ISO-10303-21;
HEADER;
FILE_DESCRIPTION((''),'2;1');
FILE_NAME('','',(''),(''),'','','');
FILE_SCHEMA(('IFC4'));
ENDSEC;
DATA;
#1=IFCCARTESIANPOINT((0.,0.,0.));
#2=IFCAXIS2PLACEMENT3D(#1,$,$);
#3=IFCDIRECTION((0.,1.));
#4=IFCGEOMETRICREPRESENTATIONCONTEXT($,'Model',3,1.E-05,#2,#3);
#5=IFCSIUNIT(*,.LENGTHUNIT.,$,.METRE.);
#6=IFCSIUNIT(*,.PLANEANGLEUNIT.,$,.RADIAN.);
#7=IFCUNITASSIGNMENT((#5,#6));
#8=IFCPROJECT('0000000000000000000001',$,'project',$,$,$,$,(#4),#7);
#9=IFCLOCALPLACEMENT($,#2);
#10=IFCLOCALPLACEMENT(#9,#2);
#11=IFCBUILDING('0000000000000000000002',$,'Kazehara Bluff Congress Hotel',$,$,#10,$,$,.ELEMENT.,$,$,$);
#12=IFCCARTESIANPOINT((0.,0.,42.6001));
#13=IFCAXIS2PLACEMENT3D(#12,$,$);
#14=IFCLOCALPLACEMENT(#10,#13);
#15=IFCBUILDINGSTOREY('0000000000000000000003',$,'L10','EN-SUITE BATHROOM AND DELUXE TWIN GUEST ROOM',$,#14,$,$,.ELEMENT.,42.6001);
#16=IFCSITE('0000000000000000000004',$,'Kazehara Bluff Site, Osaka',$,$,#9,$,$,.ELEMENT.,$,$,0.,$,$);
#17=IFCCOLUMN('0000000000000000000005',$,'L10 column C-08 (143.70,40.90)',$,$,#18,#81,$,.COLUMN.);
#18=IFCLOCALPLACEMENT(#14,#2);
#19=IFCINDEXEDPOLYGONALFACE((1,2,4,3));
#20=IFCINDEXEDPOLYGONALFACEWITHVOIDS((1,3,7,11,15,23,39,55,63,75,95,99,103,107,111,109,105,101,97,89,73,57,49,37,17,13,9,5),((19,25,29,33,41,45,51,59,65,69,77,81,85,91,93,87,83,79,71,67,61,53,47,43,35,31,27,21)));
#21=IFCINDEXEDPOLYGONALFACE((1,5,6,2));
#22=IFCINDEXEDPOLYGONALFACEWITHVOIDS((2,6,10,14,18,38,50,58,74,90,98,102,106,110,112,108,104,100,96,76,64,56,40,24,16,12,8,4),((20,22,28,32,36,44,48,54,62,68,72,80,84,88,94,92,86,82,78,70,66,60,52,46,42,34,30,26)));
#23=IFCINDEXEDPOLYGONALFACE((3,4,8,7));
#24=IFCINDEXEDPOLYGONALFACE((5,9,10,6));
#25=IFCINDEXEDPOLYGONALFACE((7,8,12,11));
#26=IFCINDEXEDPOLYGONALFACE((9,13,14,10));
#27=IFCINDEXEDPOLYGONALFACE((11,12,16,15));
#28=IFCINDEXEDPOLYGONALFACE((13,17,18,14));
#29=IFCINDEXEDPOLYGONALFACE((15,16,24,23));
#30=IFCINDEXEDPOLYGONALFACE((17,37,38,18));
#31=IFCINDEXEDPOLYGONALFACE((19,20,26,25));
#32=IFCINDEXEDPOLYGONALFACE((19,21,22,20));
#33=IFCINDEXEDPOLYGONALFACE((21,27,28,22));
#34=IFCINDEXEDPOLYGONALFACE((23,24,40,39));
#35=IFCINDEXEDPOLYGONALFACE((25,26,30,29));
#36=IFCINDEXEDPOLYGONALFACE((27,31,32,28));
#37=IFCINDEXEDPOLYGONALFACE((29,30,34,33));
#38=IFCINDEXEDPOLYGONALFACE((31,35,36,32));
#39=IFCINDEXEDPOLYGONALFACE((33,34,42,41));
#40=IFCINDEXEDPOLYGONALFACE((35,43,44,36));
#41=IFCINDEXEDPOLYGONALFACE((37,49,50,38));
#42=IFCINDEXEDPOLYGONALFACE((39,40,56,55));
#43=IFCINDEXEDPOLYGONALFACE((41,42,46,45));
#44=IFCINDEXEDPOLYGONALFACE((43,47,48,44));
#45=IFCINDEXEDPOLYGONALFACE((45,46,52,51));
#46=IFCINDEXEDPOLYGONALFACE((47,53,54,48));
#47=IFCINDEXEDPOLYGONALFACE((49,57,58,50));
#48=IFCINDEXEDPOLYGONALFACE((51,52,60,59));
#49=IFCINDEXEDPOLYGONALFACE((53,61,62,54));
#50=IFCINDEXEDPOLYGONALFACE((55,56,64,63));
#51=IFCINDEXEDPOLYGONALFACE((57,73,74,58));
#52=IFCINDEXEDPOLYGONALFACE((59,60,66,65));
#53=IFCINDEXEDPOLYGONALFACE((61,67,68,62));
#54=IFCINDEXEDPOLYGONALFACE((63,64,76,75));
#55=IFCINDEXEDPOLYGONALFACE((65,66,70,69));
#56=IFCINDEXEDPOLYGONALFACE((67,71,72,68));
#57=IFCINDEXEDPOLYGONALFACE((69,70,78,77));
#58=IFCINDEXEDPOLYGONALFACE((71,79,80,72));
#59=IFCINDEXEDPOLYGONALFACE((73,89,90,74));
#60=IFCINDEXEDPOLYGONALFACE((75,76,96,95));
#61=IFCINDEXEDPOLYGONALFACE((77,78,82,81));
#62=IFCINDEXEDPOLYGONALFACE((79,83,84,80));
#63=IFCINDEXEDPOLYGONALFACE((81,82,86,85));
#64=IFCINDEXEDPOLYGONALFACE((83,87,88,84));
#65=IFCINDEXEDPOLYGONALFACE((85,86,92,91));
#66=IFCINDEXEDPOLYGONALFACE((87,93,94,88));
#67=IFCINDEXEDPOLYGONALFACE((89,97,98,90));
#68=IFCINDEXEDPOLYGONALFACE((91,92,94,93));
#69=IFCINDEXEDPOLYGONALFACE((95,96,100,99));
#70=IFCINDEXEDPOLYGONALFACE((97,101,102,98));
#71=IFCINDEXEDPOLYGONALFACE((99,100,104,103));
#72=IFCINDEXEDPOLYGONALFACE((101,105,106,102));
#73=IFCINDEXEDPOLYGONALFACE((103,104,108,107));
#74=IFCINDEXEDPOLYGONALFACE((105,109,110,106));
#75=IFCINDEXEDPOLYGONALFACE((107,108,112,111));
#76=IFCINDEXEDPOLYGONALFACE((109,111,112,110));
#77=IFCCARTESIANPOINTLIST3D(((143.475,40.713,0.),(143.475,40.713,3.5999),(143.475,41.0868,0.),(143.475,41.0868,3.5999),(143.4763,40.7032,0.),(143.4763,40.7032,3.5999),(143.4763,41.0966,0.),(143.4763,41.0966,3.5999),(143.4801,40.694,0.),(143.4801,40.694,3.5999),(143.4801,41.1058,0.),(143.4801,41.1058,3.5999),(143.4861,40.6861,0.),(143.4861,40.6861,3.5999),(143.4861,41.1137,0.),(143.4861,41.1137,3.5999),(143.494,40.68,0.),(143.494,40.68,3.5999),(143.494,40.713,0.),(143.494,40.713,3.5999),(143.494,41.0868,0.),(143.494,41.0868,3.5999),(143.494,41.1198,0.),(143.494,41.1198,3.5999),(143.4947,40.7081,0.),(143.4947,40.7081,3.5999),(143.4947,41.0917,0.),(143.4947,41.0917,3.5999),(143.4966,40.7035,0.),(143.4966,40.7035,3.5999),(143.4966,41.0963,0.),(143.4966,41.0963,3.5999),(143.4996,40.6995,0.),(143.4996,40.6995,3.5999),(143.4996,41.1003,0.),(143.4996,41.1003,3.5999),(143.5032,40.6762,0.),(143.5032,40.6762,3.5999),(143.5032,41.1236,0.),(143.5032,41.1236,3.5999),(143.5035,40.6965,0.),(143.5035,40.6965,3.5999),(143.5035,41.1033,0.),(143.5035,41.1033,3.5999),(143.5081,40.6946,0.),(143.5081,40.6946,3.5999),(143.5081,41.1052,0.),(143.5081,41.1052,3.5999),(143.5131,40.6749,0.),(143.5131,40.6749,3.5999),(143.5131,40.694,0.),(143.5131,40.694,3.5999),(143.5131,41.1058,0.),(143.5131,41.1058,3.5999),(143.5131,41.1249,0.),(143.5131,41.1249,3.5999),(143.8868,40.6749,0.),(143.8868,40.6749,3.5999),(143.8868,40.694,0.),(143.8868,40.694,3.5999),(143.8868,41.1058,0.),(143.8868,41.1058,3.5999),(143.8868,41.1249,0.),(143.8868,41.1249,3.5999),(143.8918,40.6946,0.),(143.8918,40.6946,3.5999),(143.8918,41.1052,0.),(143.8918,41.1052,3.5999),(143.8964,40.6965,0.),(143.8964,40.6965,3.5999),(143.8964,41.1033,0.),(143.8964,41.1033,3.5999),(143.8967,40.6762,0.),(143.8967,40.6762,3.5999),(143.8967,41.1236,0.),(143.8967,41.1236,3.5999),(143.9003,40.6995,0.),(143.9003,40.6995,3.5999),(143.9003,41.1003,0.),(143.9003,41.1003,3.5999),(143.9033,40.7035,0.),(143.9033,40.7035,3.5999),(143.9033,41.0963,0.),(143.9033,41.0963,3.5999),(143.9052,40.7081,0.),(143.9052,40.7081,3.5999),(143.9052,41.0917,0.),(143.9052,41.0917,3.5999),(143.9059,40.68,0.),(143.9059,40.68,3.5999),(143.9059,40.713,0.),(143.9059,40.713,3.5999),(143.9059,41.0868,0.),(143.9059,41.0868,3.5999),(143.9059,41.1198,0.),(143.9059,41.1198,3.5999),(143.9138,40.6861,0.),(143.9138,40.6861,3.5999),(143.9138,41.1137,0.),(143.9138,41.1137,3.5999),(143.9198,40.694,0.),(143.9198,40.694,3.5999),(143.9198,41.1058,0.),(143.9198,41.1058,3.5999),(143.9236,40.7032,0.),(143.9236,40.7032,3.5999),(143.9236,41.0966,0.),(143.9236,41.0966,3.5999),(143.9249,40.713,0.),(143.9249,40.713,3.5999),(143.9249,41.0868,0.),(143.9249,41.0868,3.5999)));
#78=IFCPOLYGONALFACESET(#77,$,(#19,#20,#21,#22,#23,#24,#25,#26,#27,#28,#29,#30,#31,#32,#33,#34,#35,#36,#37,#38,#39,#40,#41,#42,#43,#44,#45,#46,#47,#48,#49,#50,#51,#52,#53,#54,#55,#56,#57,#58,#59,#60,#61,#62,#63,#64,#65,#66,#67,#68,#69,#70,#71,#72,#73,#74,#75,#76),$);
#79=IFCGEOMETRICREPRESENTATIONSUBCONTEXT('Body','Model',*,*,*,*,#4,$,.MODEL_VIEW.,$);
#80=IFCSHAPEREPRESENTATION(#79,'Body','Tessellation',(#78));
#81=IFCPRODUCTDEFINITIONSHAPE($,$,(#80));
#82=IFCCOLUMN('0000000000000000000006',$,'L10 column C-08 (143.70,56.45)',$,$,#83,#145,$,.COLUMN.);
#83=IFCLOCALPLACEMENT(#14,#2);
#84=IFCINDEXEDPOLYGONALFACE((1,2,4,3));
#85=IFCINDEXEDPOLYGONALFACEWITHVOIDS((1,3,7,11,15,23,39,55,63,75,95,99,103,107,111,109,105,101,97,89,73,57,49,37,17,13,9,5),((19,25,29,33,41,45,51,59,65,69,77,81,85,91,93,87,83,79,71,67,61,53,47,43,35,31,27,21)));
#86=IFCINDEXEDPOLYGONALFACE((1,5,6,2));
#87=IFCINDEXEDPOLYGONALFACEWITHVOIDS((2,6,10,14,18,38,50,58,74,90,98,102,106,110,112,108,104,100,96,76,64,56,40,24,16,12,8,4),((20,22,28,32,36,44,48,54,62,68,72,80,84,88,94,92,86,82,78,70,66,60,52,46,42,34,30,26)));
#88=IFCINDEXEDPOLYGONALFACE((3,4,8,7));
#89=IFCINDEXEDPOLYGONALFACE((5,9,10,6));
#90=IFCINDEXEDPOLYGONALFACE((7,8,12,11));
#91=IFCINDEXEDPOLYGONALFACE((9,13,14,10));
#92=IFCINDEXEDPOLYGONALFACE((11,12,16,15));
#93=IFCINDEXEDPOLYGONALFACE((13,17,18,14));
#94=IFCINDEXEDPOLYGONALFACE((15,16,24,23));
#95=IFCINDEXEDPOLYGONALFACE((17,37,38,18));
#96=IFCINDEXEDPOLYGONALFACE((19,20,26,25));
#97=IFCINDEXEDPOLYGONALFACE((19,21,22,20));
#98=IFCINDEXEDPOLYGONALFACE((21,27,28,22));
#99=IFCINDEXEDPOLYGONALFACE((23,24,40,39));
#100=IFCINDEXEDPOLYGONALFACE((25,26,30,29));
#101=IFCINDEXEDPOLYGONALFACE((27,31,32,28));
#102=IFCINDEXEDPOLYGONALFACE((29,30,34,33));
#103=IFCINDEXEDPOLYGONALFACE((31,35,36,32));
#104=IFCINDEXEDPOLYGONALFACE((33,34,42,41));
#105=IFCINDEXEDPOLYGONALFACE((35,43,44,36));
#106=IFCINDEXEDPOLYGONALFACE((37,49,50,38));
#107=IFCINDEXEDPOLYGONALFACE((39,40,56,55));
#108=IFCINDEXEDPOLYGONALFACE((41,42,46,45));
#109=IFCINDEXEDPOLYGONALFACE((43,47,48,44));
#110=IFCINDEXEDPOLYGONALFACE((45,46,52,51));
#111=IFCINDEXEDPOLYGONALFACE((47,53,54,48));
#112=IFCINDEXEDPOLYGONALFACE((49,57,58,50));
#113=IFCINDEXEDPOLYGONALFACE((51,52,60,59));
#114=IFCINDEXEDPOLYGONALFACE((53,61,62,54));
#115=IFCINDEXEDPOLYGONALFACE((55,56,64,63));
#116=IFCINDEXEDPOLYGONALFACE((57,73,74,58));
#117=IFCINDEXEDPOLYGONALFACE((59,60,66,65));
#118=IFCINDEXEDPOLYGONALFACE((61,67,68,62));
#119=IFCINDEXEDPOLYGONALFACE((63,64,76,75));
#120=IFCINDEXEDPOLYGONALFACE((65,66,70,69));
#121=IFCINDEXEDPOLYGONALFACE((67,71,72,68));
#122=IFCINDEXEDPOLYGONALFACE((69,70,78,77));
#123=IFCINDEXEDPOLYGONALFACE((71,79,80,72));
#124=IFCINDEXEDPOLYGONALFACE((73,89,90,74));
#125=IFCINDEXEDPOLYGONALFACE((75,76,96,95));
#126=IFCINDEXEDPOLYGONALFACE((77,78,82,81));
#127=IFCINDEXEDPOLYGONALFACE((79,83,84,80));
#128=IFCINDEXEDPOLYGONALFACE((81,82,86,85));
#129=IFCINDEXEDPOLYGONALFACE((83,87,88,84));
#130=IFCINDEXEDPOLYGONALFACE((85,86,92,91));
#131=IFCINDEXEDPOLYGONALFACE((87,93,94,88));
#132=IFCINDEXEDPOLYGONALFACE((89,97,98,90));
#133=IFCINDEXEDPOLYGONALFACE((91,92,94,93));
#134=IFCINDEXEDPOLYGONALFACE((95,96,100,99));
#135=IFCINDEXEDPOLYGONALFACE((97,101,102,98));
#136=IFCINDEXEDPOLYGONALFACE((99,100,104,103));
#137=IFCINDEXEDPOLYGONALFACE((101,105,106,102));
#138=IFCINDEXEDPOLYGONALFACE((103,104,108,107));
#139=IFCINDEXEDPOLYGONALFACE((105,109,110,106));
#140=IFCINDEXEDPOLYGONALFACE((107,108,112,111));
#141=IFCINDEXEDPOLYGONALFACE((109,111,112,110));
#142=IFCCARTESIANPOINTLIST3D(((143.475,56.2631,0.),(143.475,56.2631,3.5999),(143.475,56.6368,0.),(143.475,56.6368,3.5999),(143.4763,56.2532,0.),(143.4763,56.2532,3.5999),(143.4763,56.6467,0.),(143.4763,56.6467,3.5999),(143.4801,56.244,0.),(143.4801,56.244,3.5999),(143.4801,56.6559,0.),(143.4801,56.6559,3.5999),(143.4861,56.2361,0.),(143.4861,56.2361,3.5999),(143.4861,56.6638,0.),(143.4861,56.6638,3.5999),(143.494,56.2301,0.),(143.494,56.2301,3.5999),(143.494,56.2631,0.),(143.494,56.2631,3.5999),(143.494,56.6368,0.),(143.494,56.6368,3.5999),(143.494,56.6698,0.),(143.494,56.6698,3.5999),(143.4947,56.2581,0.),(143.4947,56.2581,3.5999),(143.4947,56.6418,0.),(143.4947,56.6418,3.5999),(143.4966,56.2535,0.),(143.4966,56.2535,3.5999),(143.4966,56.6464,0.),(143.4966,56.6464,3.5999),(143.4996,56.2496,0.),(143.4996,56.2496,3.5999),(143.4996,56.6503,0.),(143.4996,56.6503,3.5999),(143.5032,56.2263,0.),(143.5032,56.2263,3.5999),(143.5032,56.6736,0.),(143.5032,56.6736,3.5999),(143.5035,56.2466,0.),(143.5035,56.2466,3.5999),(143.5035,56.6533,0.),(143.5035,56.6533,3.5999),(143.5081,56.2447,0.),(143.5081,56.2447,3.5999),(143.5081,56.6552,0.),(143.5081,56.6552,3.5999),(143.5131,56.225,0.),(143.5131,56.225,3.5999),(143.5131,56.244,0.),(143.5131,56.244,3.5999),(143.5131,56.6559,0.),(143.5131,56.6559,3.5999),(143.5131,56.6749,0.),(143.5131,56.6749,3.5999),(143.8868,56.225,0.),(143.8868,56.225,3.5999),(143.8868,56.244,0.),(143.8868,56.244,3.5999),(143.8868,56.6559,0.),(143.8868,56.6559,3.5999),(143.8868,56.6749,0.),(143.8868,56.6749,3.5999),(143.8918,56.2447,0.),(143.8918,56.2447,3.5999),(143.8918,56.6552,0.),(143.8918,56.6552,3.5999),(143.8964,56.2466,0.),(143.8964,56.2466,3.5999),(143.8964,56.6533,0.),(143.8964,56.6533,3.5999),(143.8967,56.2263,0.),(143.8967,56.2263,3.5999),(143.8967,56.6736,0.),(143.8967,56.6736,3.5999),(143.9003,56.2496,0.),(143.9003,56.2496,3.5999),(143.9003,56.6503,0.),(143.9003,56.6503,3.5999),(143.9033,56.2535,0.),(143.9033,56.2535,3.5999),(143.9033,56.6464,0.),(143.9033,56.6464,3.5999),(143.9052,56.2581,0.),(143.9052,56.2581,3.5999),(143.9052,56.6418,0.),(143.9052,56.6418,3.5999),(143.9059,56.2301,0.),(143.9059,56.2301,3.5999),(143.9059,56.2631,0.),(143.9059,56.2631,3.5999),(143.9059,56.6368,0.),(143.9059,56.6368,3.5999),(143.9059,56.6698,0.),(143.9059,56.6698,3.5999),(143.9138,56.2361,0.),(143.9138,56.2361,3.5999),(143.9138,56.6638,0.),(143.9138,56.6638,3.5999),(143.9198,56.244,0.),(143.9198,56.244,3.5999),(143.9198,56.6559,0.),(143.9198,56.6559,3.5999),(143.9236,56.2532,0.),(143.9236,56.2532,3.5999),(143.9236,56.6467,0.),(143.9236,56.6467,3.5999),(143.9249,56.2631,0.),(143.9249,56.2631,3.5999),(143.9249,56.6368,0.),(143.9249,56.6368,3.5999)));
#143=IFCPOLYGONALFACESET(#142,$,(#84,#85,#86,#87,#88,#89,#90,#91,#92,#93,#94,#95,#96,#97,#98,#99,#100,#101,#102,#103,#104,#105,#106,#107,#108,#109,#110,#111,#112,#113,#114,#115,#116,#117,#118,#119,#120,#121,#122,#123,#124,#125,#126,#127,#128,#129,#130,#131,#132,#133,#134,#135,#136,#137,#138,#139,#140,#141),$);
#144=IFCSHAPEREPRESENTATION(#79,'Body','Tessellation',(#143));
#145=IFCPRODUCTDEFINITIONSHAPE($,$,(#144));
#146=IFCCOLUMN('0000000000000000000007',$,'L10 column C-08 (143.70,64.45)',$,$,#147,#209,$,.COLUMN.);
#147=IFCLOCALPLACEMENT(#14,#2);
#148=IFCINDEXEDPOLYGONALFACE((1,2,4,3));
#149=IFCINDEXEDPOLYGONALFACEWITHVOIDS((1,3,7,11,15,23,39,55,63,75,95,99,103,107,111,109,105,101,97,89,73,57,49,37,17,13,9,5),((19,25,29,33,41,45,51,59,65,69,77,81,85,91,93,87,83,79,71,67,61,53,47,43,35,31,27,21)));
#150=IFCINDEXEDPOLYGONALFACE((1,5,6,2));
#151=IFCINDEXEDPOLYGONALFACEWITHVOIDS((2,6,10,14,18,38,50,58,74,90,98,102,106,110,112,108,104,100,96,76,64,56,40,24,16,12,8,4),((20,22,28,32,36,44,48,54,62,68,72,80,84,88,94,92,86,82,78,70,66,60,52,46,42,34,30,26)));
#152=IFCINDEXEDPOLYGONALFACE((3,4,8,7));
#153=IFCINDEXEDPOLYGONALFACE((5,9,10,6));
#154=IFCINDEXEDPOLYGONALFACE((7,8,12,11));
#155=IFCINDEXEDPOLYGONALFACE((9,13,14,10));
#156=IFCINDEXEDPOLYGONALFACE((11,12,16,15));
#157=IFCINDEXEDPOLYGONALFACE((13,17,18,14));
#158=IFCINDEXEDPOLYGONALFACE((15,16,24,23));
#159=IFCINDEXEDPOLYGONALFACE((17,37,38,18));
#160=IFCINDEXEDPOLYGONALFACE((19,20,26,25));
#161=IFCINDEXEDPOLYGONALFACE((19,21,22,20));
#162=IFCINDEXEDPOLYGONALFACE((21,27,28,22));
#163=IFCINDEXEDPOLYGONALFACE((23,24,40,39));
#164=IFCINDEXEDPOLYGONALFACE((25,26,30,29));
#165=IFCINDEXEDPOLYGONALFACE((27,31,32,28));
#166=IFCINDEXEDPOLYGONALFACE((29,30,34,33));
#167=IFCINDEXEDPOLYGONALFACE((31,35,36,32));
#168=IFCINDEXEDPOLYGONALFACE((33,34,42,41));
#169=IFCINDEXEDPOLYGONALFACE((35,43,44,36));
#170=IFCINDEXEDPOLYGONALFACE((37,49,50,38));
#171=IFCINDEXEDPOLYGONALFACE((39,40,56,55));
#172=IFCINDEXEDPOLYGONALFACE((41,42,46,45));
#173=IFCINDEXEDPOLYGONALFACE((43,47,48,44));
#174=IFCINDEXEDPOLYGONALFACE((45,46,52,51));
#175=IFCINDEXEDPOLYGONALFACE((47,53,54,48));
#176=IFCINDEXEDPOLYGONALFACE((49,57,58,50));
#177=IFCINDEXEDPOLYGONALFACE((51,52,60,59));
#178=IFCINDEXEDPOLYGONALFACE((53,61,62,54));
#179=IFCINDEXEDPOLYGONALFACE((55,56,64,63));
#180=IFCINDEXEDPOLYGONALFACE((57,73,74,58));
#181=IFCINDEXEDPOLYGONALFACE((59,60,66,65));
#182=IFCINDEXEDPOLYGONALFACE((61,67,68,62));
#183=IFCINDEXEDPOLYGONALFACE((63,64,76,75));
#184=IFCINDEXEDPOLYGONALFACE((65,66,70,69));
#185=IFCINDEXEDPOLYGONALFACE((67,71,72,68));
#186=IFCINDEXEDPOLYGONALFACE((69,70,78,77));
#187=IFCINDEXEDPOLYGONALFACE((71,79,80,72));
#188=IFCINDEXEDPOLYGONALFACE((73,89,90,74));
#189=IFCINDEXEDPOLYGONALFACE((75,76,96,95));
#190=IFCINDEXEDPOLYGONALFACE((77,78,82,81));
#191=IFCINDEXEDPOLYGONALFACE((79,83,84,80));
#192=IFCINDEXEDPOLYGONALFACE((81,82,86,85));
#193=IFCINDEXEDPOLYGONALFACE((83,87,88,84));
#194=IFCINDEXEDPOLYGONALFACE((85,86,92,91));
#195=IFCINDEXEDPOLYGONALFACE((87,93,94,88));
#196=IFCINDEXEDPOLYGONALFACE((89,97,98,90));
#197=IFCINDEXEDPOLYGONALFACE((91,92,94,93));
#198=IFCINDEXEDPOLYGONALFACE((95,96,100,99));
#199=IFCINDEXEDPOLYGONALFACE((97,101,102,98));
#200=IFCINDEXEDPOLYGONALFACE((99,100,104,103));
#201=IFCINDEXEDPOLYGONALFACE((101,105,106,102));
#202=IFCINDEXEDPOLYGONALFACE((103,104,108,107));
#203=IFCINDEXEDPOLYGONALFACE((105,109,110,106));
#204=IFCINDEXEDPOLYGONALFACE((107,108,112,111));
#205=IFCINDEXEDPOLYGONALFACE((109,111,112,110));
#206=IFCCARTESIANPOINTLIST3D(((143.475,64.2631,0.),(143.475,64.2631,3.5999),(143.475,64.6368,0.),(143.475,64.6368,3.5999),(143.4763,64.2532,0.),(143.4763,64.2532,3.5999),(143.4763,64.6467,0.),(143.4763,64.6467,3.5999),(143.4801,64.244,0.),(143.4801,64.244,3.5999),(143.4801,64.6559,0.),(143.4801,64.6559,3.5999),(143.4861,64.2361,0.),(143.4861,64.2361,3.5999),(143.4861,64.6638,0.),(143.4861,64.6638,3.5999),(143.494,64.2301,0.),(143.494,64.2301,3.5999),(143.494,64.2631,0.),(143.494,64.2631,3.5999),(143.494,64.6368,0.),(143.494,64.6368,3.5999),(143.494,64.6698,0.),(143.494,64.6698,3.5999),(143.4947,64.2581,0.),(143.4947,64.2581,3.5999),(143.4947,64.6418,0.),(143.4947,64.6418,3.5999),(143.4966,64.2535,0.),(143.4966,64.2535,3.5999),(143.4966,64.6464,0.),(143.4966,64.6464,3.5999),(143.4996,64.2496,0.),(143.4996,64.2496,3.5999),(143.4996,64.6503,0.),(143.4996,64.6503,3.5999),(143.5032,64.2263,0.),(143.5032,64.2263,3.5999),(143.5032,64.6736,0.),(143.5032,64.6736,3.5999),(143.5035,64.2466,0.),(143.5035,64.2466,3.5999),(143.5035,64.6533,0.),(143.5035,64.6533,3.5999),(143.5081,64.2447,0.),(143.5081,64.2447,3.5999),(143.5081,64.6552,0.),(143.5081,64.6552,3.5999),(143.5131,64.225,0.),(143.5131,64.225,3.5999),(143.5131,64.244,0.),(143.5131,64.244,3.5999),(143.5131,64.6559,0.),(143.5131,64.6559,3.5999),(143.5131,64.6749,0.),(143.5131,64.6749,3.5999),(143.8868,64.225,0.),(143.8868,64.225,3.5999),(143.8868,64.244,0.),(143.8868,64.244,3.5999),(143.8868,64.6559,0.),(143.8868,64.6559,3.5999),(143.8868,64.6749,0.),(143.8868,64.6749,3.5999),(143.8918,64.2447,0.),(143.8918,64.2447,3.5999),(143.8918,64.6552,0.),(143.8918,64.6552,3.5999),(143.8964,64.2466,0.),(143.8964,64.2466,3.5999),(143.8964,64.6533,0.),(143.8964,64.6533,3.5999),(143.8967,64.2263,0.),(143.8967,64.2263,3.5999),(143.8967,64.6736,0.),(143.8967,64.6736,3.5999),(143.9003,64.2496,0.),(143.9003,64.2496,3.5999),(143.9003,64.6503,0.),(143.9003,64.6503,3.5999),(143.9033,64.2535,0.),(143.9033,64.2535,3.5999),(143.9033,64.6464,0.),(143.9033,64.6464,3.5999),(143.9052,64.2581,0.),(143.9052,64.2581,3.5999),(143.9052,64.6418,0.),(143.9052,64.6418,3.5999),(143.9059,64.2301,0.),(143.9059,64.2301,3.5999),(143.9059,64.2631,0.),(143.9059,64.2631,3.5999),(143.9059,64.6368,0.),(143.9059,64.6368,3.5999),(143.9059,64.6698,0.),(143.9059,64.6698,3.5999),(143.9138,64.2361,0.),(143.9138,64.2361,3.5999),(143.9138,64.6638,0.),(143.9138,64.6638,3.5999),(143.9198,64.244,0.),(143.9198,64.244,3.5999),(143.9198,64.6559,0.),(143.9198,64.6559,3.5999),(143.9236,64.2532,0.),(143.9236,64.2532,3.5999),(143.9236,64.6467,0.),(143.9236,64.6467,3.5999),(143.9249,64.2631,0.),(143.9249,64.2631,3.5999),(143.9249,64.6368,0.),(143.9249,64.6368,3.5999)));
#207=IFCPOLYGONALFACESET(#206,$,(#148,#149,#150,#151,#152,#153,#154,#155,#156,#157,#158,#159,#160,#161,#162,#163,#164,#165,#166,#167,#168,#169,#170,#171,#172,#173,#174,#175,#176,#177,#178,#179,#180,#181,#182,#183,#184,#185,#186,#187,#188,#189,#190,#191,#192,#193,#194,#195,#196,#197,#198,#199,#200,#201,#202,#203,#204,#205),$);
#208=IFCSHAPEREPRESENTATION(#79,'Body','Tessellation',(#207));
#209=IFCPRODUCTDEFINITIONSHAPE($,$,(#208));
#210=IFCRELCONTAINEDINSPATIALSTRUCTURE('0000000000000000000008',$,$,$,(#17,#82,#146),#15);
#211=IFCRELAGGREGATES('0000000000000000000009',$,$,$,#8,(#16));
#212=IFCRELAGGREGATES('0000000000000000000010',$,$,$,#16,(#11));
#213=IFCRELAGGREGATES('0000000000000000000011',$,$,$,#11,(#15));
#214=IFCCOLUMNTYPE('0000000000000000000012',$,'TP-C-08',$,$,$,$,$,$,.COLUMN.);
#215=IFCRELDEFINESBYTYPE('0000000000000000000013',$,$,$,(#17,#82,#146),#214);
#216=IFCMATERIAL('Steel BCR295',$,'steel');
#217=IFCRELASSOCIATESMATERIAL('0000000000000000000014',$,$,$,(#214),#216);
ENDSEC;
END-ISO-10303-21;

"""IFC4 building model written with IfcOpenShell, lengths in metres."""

from ifc_helpers import new_model, si_unit, direction, frame, origin, origin_2d, place, context, subcontext, project, spatial, hollow_rectangle, extrude, material, material_profile, profile_set, type_object, element, save


model = new_model("IFC4")

# Units and contexts
model_context = context("Model", 3, precision=1e-05, world=origin(), true_north=direction((0.0, 1.0)))
body_context = subcontext(model_context, "Body", "Model", "MODEL_VIEW")
ifc_project = project(units=[si_unit("LENGTHUNIT", "METRE"), si_unit("PLANEANGLEUNIT", "RADIAN")], contexts=[model_context])

# Site, building, storey
site_placement = place(None, origin())
site = spatial("IfcSite", under=ifc_project, at=site_placement, Name="Kazehara Bluff Site, Osaka", CompositionType="ELEMENT", RefElevation=0.0)
building_placement = place(site_placement, origin())
building = spatial("IfcBuilding", under=site, at=building_placement, Name="Kazehara Bluff Congress Hotel", CompositionType="ELEMENT")
storey_placement = place(building_placement, frame((0.0, 0.0, 42.6001)))
storey = spatial("IfcBuildingStorey", under=building, at=storey_placement, Name="L10", Description="EN-SUITE BATHROOM AND DELUXE TWIN GUEST ROOM", CompositionType="ELEMENT", Elevation=42.6001)

# Columns
ifc_material_1 = material(Name="Steel BCR295", Category="steel")
ifc_material_profile_1 = material_profile(ifc_material_1, hollow_rectangle(XDim=0.45, YDim=0.45, WallThickness=0.019, InnerFilletRadius=0.019, OuterFilletRadius=0.0381, at=origin_2d()))
ifc_profile_set_1 = profile_set([ifc_material_profile_1], Name="Steel BCR295")
column_type = type_object("IfcColumnType", Name="TP-C-08", PredefinedType="COLUMN", material=ifc_profile_set_1)
for number, where, z_axis, x_axis, name in (
    (1, (143.7, 40.8999, 0.0), (0.0, 0.0, 1.0), (1.0, 0.0, 0.0), "L10 column C-08 (143.70,40.90)"),
    (2, (143.7, 56.45, 0.0), (0.0, 0.0, 1.0), (1.0, 0.0, 0.0), "L10 column C-08 (143.70,56.45)"),
    (3, (143.7, 64.45, 0.0), (0.0, 0.0, 1.0), (1.0, 0.0, 0.0), "L10 column C-08 (143.70,64.45)"),
):
    element("IfcColumn", number, at=place(storey_placement, frame(where, z_axis=z_axis, x_axis=x_axis)), inside=storey, type_object=column_type, Name=name, PredefinedType="COLUMN", context=body_context, shape_type="SweptSolid", body=[
        extrude(hollow_rectangle(XDim=0.45, YDim=0.45, WallThickness=0.019, InnerFilletRadius=0.019, OuterFilletRadius=0.0381, at=origin_2d()), origin(), (0.0, 0.0, 1.0), 3.5999),
    ])

save(model, "model.ifc")
